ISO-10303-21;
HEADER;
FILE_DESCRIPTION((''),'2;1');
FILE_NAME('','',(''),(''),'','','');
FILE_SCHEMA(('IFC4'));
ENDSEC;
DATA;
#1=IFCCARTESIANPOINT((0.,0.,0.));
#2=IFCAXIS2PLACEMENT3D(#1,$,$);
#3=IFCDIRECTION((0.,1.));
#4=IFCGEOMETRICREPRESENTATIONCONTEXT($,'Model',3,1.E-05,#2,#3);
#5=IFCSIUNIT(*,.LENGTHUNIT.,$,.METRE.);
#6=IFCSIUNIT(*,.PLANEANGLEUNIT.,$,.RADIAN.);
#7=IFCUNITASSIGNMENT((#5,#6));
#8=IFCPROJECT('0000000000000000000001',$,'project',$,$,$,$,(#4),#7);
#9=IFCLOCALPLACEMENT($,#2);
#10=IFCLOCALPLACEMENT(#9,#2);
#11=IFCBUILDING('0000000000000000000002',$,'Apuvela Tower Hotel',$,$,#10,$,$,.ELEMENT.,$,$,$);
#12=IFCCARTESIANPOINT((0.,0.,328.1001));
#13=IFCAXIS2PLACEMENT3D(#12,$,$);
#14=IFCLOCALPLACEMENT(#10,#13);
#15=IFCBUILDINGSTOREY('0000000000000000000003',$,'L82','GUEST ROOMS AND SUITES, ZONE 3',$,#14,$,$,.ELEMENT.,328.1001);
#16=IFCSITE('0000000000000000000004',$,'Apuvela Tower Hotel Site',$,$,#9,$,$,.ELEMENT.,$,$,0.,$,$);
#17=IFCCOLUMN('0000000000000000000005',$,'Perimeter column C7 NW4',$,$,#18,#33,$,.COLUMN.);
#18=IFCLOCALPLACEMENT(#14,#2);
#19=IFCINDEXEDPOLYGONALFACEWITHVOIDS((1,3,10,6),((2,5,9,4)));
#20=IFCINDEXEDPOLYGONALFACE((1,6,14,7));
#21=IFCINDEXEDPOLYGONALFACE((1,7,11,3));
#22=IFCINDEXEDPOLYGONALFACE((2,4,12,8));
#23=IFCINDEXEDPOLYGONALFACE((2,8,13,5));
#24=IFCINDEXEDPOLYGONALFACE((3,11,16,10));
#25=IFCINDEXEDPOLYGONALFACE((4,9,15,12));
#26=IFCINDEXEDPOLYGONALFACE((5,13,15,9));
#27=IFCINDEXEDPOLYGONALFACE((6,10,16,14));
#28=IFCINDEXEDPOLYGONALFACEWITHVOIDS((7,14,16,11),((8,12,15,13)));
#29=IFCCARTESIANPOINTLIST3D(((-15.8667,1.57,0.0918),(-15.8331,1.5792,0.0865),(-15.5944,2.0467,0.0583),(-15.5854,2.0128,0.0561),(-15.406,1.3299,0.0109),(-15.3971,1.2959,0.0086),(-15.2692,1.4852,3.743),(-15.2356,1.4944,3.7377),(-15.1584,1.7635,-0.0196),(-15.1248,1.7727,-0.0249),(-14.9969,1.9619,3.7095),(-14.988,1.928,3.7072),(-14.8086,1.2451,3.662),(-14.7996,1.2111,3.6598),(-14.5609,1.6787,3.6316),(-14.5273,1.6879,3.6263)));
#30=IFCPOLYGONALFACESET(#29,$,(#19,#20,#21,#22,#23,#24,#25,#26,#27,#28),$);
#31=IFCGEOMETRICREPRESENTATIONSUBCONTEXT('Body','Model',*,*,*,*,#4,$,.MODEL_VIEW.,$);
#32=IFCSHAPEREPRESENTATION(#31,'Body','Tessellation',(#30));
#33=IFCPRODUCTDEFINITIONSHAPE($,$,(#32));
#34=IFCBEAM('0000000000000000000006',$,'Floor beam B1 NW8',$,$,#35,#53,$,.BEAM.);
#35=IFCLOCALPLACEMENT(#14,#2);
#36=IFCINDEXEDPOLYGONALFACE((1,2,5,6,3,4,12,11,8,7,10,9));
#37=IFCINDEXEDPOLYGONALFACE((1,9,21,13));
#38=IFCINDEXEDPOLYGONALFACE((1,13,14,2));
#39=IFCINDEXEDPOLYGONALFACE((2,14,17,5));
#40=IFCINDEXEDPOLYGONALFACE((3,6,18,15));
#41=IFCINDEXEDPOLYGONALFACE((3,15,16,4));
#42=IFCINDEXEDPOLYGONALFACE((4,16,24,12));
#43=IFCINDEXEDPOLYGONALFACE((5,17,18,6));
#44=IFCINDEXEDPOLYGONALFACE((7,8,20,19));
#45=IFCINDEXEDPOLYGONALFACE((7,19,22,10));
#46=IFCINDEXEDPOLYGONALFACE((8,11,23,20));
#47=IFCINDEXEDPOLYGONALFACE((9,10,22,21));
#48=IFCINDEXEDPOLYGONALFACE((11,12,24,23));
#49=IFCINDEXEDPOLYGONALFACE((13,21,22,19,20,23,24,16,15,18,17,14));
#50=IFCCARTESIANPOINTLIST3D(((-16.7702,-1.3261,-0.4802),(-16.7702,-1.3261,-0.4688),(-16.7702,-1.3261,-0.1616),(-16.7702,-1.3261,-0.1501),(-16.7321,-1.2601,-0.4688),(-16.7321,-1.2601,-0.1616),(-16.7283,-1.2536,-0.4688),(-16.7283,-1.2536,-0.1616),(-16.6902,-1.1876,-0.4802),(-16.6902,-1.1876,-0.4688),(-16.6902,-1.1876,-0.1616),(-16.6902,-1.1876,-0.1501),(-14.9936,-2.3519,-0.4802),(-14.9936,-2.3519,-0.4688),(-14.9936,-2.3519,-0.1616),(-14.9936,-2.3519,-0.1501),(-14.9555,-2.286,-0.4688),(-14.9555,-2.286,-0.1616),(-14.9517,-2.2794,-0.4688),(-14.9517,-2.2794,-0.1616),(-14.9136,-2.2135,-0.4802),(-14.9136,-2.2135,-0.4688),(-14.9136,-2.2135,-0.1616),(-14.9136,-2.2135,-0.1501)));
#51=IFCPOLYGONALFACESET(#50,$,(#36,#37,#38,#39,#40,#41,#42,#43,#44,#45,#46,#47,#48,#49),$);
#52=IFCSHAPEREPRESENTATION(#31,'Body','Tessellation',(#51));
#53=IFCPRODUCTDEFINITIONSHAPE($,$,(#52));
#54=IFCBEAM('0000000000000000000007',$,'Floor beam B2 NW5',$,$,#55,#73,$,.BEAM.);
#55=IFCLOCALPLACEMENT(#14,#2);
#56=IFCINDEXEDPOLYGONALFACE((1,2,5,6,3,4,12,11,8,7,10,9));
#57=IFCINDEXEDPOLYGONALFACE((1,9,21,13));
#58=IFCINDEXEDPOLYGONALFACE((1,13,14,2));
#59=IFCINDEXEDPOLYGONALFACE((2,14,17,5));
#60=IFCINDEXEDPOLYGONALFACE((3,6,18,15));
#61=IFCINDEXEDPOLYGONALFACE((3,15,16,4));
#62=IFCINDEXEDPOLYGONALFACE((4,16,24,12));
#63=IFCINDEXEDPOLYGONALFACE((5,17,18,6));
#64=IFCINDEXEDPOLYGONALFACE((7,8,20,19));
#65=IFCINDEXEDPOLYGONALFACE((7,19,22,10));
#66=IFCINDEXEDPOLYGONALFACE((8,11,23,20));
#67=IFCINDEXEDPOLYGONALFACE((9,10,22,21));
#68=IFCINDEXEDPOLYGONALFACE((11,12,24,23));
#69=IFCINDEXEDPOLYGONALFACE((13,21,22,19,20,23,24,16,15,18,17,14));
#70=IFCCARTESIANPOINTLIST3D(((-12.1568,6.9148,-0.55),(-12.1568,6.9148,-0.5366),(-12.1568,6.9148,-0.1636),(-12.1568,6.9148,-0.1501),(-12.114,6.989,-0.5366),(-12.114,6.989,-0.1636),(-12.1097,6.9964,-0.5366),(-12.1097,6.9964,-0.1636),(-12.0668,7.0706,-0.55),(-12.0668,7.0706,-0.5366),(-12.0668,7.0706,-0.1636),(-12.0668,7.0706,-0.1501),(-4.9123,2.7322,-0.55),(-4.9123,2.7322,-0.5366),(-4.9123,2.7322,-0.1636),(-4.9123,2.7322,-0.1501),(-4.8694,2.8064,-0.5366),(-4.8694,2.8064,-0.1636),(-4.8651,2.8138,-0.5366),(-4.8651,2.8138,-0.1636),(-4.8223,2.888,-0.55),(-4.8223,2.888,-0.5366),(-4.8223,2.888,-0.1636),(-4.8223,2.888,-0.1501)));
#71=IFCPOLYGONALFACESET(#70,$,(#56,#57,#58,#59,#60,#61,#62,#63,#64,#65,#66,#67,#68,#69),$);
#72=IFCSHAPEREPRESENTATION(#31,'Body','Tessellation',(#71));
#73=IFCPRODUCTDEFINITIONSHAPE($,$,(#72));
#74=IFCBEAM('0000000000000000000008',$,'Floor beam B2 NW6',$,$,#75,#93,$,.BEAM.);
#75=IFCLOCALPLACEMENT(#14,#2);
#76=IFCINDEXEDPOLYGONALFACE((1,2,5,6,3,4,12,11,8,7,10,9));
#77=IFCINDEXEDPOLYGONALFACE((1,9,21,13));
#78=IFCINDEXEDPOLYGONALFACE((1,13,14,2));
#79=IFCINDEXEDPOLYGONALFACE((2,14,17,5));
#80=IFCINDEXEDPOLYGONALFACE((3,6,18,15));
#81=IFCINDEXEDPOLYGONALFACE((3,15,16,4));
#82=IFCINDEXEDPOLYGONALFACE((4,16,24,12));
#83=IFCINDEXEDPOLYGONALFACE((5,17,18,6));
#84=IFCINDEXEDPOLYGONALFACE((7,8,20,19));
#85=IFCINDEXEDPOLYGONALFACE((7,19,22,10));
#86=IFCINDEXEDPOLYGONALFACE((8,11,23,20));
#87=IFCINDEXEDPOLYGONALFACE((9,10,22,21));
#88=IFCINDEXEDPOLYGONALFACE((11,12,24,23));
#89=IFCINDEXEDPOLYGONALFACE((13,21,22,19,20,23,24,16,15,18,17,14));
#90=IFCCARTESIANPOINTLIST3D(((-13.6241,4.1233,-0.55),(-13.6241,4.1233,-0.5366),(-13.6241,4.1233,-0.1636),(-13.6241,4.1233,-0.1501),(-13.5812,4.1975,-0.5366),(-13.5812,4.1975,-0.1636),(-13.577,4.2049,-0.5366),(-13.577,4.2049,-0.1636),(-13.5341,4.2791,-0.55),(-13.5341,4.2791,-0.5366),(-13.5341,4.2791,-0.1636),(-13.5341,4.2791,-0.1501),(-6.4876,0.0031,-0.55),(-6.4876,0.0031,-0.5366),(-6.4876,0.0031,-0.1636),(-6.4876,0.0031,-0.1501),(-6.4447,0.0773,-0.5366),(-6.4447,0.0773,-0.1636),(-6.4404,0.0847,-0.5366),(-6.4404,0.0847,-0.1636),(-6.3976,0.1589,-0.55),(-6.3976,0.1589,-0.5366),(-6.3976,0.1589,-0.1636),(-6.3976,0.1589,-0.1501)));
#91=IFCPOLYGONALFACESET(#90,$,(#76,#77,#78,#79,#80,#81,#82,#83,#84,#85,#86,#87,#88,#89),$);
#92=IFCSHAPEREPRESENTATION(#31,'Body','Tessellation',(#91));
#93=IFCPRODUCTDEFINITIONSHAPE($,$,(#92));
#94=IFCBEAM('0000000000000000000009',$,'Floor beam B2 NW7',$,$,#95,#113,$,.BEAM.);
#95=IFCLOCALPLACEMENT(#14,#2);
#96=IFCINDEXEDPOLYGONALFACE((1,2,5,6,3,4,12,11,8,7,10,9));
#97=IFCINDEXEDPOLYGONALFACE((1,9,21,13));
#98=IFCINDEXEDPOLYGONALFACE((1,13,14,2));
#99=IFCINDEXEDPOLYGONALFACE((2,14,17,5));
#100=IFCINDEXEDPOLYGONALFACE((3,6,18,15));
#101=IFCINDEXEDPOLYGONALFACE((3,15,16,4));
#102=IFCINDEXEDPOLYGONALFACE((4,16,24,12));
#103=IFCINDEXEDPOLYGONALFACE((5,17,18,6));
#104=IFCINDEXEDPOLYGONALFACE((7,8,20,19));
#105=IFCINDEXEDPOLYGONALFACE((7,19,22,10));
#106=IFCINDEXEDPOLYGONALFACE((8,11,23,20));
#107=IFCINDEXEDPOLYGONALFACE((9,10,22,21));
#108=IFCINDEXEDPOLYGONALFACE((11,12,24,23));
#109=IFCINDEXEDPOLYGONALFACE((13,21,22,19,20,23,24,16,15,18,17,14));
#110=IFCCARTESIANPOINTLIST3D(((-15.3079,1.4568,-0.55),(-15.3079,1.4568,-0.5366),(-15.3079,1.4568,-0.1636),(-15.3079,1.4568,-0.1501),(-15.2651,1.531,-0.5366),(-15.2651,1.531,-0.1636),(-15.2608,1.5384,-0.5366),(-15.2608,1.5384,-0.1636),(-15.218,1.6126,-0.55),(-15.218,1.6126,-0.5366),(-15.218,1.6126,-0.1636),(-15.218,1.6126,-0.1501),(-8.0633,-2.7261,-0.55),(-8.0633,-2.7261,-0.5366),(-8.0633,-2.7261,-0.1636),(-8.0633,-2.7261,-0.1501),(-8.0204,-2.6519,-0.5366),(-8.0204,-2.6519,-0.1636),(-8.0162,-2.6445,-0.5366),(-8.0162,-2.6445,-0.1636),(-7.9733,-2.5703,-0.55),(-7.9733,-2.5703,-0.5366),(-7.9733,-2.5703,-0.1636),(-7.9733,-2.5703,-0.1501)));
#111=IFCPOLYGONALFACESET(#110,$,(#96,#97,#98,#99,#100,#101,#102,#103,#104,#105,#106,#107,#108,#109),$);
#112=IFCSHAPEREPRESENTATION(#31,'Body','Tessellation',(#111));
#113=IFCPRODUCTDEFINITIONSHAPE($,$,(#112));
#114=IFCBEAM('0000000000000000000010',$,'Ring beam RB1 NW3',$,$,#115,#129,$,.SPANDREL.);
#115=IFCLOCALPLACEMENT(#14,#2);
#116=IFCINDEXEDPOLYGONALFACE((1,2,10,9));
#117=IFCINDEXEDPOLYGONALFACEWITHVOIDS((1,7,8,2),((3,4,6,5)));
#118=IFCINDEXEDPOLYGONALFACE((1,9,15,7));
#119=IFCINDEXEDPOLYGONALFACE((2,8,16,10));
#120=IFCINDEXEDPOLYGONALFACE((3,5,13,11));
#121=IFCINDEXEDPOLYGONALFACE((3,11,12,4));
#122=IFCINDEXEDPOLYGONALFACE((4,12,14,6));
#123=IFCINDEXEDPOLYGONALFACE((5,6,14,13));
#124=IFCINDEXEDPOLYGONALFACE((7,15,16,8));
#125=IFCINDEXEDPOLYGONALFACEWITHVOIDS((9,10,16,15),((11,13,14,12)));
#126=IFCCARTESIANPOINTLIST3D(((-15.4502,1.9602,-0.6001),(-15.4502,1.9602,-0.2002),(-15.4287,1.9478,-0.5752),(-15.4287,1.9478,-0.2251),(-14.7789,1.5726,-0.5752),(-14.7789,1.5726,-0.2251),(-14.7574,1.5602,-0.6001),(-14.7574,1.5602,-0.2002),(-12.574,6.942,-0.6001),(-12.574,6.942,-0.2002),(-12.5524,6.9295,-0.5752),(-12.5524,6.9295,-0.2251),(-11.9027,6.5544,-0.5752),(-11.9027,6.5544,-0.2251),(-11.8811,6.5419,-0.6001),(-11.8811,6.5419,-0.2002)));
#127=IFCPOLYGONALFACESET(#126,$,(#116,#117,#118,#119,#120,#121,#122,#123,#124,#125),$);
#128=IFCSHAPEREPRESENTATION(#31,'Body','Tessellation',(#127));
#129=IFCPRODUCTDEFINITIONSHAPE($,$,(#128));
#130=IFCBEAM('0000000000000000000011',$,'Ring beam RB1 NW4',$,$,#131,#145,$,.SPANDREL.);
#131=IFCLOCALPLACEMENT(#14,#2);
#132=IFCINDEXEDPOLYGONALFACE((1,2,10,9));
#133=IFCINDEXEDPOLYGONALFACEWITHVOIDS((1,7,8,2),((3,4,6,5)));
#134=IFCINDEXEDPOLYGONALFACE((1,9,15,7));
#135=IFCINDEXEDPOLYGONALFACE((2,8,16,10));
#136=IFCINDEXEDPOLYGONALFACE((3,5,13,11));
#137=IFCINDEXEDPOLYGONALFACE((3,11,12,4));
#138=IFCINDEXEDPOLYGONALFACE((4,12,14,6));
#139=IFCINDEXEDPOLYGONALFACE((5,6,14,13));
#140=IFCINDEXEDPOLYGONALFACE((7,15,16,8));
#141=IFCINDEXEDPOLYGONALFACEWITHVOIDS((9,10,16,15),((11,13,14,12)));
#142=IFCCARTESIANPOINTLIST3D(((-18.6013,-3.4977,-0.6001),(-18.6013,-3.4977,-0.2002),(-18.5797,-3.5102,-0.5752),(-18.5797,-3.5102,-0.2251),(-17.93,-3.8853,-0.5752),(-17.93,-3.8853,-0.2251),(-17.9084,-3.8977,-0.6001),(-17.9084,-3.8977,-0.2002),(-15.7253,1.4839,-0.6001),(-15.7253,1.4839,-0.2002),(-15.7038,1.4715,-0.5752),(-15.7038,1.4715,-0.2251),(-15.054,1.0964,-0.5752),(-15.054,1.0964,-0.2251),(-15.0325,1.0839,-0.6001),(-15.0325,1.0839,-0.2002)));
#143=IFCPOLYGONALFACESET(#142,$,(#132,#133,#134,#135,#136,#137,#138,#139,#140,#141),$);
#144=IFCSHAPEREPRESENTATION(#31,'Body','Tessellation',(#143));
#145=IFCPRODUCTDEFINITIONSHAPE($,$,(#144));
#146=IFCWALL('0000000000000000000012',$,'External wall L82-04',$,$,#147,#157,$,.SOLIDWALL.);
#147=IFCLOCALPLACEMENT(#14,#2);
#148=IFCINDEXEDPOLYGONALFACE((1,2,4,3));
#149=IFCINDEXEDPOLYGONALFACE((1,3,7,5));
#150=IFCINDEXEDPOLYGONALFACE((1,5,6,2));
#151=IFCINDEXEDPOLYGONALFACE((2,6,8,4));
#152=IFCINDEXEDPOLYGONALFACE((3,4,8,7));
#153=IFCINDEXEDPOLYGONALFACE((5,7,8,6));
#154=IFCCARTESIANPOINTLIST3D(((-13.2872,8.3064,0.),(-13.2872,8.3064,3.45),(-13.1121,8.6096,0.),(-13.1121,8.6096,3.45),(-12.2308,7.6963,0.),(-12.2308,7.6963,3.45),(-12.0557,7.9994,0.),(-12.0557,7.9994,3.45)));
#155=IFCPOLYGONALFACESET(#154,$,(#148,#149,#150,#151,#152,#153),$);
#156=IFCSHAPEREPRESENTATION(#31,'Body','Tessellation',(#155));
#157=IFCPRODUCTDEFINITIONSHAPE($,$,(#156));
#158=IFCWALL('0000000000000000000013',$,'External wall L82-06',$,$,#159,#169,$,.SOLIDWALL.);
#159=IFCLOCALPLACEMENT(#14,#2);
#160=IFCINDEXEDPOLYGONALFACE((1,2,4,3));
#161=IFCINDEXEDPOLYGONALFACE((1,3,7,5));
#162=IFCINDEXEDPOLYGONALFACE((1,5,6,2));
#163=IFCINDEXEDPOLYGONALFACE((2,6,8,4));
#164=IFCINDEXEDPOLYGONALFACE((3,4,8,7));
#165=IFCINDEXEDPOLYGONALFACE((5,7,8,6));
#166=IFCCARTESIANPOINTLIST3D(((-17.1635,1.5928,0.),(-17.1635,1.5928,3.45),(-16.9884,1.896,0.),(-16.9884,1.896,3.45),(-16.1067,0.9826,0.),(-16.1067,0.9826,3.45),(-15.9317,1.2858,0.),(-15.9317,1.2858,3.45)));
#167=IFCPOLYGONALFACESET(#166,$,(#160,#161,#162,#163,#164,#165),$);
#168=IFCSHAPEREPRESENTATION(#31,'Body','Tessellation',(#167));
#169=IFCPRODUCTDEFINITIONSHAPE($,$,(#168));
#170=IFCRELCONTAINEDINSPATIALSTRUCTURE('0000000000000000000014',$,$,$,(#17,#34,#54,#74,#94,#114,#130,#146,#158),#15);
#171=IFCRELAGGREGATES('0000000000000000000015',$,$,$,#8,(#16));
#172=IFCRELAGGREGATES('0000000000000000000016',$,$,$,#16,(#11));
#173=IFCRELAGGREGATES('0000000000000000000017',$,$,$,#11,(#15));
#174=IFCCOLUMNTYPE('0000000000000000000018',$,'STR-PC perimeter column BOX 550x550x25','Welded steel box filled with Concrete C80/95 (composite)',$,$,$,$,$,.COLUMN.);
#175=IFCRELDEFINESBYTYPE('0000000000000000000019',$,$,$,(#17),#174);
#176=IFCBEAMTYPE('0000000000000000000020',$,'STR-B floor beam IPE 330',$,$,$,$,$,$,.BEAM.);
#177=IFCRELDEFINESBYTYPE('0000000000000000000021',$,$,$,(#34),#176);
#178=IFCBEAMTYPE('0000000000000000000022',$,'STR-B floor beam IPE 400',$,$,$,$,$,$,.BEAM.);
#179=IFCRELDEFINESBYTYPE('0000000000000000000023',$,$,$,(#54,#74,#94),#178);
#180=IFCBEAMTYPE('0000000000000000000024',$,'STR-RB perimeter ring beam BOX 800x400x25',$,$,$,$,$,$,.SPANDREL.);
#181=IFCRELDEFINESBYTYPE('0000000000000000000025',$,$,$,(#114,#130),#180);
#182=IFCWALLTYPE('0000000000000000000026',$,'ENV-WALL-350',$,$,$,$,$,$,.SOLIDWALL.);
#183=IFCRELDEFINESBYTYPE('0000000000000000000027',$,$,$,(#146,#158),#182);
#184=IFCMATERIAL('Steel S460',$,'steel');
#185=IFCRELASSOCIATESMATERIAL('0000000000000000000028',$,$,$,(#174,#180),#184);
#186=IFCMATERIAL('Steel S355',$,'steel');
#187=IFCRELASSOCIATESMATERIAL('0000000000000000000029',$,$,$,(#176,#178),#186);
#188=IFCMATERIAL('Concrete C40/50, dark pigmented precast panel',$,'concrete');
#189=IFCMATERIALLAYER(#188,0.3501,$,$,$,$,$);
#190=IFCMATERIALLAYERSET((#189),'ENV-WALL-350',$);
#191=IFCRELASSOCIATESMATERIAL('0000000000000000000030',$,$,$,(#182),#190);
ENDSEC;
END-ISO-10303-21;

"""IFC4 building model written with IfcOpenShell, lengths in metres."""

from ifc_helpers import new_model, si_unit, direction, frame, frame_2d, origin, origin_2d, place, context, subcontext, project, spatial, rectangle, hollow_rectangle, i_section, extrude, boolean, halfspace, material, layer, layer_set, material_profile, profile_set, type_object, element, save


model = new_model("IFC4")

# Units and contexts
model_context = context("Model", 3, precision=1e-05, world=origin(), true_north=direction((0.0, 1.0)))
body_context = subcontext(model_context, "Body", "Model", "MODEL_VIEW")
ifc_project = project(units=[si_unit("LENGTHUNIT", "METRE"), si_unit("PLANEANGLEUNIT", "RADIAN")], contexts=[model_context])

# Site, building, storey
site_placement = place(None, origin())
site = spatial("IfcSite", under=ifc_project, at=site_placement, Name="Apuvela Tower Hotel Site", CompositionType="ELEMENT", RefElevation=0.0)
building_placement = place(site_placement, origin())
building = spatial("IfcBuilding", under=site, at=building_placement, Name="Apuvela Tower Hotel", CompositionType="ELEMENT")
storey_placement = place(building_placement, frame((0.0, 0.0, 328.1001)))
storey = spatial("IfcBuildingStorey", under=building, at=storey_placement, Name="L82", Description="GUEST ROOMS AND SUITES, ZONE 3", CompositionType="ELEMENT", Elevation=328.1001)

# Column
ifc_material_1 = material(Name="Steel S460", Category="steel")
ifc_material_profile_1 = material_profile(ifc_material_1, hollow_rectangle(XDim=0.55, YDim=0.55, WallThickness=0.0249, at=origin_2d()), Name="BOX 550x550x25")
ifc_material_2 = material(Name="Concrete C80/95", Category="concrete")
ifc_material_profile_2 = material_profile(ifc_material_2, rectangle(XDim=0.5, YDim=0.5, at=origin_2d()), Name="Concrete C80/95 infill")
ifc_profile_set_1 = profile_set([ifc_material_profile_1, ifc_material_profile_2], Name="Steel S460")
column_type = type_object("IfcColumnType", Name="STR-PC perimeter column BOX 550x550x25", Description="Welded steel box filled with Concrete C80/95 (composite)", PredefinedType="COLUMN", material=ifc_profile_set_1)
column_1_placement = place(storey_placement, frame((-15.5012, 1.6721, 0.0), z_axis=(0.161452, -0.022916, 0.986614), x_axis=(-0.495072, -0.866716, 0.060884)))
element("IfcColumn", 1, at=column_1_placement, inside=storey, type_object=column_type, Name="Perimeter column C7 NW4", PredefinedType="COLUMN", context=body_context, shape_type="SweptSolid", body=[
    boolean("DIFFERENCE", boolean("DIFFERENCE", extrude(hollow_rectangle(XDim=0.55, YDim=0.55, WallThickness=0.0249, at=origin_2d()), origin(), (0.0, 0.0, 1.0), 3.7502), halfspace(frame((0.0, 0.0, 0.0339), z_axis=(0.0, 0.0, 1.0), x_axis=(1.0, 0.0, 0.0)), True)), halfspace(frame((0.0, 0.0, 3.7346), z_axis=(0.0, 0.0, 1.0), x_axis=(1.0, 0.0, 0.0)), False)),
])

# Beams
ifc_material_3 = material(Name="Steel S355", Category="steel")
ifc_material_profile_3 = material_profile(ifc_material_3, i_section(OverallWidth=0.1599, OverallDepth=0.3301, WebThickness=0.0076, FlangeThickness=0.0115, at=origin_2d()), Name="IPE 330")
ifc_profile_set_2 = profile_set([ifc_material_profile_3], Name="Steel S355")
beam_type_1 = type_object("IfcBeamType", Name="STR-B floor beam IPE 330", PredefinedType="BEAM", material=ifc_profile_set_2)
beam_1_placement = place(storey_placement, frame((-16.7302, -1.2568, -0.3152), z_axis=(0.865993, -0.500056, 0.0), x_axis=(0.500056, 0.865993, 0.0)))
element("IfcBeam", 2, at=beam_1_placement, inside=storey, type_object=beam_type_1, Name="Floor beam B1 NW8", PredefinedType="BEAM", context=body_context, shape_type="SweptSolid", body=[
    extrude(i_section(OverallWidth=0.1599, OverallDepth=0.3301, WebThickness=0.0076, FlangeThickness=0.0115, at=origin_2d()), origin(), (0.0, 0.0, 1.0), 2.0515),
])
ifc_material_profile_4 = material_profile(ifc_material_3, i_section(OverallWidth=0.1799, OverallDepth=0.3999, WebThickness=0.0085, FlangeThickness=0.0134, at=origin_2d()), Name="IPE 400")
ifc_profile_set_3 = profile_set([ifc_material_profile_4], Name="Steel S355")
beam_type_2 = type_object("IfcBeamType", Name="STR-B floor beam IPE 400", PredefinedType="BEAM", material=ifc_profile_set_3)
beam_2_placement = place(storey_placement, frame((-12.1118, 6.9927, -0.3501), z_axis=(0.866029, -0.499994, 0.0), x_axis=(0.499994, 0.866029, 0.0)))
element("IfcBeam", 3, at=beam_2_placement, inside=storey, type_object=beam_type_2, Name="Floor beam B2 NW5", PredefinedType="BEAM", context=body_context, shape_type="SweptSolid", body=[
    extrude(i_section(OverallWidth=0.1799, OverallDepth=0.3999, WebThickness=0.0085, FlangeThickness=0.0134, at=origin_2d()), origin(), (0.0, 0.0, 1.0), 8.3652),
])
beam_3_placement = place(storey_placement, frame((-13.5791, 4.2012, -0.3501), z_axis=(0.866032, -0.499988, 0.0), x_axis=(0.499988, 0.866032, 0.0)))
element("IfcBeam", 4, at=beam_3_placement, inside=storey, type_object=beam_type_2, Name="Floor beam B2 NW6", PredefinedType="BEAM", context=body_context, shape_type="SweptSolid", body=[
    extrude(i_section(OverallWidth=0.1799, OverallDepth=0.3999, WebThickness=0.0085, FlangeThickness=0.0134, at=origin_2d()), origin(), (0.0, 0.0, 1.0), 8.2405),
])
beam_4_placement = place(storey_placement, frame((-15.2629, 1.5347, -0.3501), z_axis=(0.866016, -0.500015, 0.0), x_axis=(0.500015, 0.866016, 0.0)))
element("IfcBeam", 5, at=beam_4_placement, inside=storey, type_object=beam_type_2, Name="Floor beam B2 NW7", PredefinedType="BEAM", context=body_context, shape_type="SweptSolid", body=[
    extrude(i_section(OverallWidth=0.1799, OverallDepth=0.3999, WebThickness=0.0085, FlangeThickness=0.0134, at=origin_2d()), origin(), (0.0, 0.0, 1.0), 8.3655),
])
ifc_material_profile_5 = material_profile(ifc_material_1, hollow_rectangle(XDim=0.8, YDim=0.3999, WallThickness=0.0249, at=origin_2d()), Name="BOX 800x400x25")
ifc_profile_set_4 = profile_set([ifc_material_profile_5], Name="Steel S460")
beam_type_3 = type_object("IfcBeamType", Name="STR-RB perimeter ring beam BOX 800x400x25", PredefinedType="SPANDREL", material=ifc_profile_set_4)
beam_5_placement = place(storey_placement, frame((-12.2275, 6.7419, -0.4001), z_axis=(-0.500005, -0.866022, 0.0), x_axis=(0.866022, -0.500005, 0.0)))
element("IfcBeam", 6, at=beam_5_placement, inside=storey, type_object=beam_type_3, Name="Ring beam RB1 NW3", PredefinedType="SPANDREL", context=body_context, shape_type="SweptSolid", body=[
    extrude(hollow_rectangle(XDim=0.8, YDim=0.3999, WallThickness=0.0249, at=origin_2d()), origin(), (0.0, 0.0, 1.0), 5.7524),
])
beam_6_placement = place(storey_placement, frame((-15.3789, 1.2839, -0.4001), z_axis=(-0.499974, -0.866041, 0.0), x_axis=(0.866041, -0.499974, 0.0)))
element("IfcBeam", 7, at=beam_6_placement, inside=storey, type_object=beam_type_3, Name="Ring beam RB1 NW4", PredefinedType="SPANDREL", context=body_context, shape_type="SweptSolid", body=[
    extrude(hollow_rectangle(XDim=0.8, YDim=0.3999, WallThickness=0.0249, at=origin_2d()), origin(), (0.0, 0.0, 1.0), 5.7522),
])

# Wall
ifc_material_4 = material(Name="Concrete C40/50, dark pigmented precast panel", Category="concrete")
ifc_layer_1 = layer(ifc_material_4, 0.3501)
ifc_layer_set_1 = layer_set([ifc_layer_1], Name="ENV-WALL-350")
wall_type_1 = type_object("IfcWallType", Name="ENV-WALL-350", PredefinedType="SOLIDWALL", material=ifc_layer_set_1)
wall_1_placement = place(storey_placement, frame((-12.1433, 7.8479, 0.0), z_axis=(0.0, 0.0, 1.0), x_axis=(-0.865956, 0.500121, 0.0)))
element("IfcWall", 8, at=wall_1_placement, inside=storey, type_object=wall_type_1, Name="External wall L82-04", PredefinedType="SOLIDWALL", context=body_context, shape_type="SweptSolid", body=[
    extrude(rectangle(XDim=1.22, YDim=0.3501, at=frame_2d((0.6099, 0.0))), origin(), (0.0, 0.0, 1.0), 3.45),
])

# Wall
wall_2_placement = place(storey_placement, frame((-17.0759, 1.7444, 0.0), z_axis=(0.0, 0.0, 1.0), x_axis=(0.866006, -0.500034, 0.0)))
element("IfcWall", 9, at=wall_2_placement, inside=storey, type_object=wall_type_1, Name="External wall L82-06", PredefinedType="SOLIDWALL", context=body_context, shape_type="SweptSolid", body=[
    extrude(rectangle(XDim=1.2202, YDim=0.3501, at=frame_2d((0.6101, 0.0))), origin(), (0.0, 0.0, 1.0), 3.45),
])

save(model, "model.ifc")
